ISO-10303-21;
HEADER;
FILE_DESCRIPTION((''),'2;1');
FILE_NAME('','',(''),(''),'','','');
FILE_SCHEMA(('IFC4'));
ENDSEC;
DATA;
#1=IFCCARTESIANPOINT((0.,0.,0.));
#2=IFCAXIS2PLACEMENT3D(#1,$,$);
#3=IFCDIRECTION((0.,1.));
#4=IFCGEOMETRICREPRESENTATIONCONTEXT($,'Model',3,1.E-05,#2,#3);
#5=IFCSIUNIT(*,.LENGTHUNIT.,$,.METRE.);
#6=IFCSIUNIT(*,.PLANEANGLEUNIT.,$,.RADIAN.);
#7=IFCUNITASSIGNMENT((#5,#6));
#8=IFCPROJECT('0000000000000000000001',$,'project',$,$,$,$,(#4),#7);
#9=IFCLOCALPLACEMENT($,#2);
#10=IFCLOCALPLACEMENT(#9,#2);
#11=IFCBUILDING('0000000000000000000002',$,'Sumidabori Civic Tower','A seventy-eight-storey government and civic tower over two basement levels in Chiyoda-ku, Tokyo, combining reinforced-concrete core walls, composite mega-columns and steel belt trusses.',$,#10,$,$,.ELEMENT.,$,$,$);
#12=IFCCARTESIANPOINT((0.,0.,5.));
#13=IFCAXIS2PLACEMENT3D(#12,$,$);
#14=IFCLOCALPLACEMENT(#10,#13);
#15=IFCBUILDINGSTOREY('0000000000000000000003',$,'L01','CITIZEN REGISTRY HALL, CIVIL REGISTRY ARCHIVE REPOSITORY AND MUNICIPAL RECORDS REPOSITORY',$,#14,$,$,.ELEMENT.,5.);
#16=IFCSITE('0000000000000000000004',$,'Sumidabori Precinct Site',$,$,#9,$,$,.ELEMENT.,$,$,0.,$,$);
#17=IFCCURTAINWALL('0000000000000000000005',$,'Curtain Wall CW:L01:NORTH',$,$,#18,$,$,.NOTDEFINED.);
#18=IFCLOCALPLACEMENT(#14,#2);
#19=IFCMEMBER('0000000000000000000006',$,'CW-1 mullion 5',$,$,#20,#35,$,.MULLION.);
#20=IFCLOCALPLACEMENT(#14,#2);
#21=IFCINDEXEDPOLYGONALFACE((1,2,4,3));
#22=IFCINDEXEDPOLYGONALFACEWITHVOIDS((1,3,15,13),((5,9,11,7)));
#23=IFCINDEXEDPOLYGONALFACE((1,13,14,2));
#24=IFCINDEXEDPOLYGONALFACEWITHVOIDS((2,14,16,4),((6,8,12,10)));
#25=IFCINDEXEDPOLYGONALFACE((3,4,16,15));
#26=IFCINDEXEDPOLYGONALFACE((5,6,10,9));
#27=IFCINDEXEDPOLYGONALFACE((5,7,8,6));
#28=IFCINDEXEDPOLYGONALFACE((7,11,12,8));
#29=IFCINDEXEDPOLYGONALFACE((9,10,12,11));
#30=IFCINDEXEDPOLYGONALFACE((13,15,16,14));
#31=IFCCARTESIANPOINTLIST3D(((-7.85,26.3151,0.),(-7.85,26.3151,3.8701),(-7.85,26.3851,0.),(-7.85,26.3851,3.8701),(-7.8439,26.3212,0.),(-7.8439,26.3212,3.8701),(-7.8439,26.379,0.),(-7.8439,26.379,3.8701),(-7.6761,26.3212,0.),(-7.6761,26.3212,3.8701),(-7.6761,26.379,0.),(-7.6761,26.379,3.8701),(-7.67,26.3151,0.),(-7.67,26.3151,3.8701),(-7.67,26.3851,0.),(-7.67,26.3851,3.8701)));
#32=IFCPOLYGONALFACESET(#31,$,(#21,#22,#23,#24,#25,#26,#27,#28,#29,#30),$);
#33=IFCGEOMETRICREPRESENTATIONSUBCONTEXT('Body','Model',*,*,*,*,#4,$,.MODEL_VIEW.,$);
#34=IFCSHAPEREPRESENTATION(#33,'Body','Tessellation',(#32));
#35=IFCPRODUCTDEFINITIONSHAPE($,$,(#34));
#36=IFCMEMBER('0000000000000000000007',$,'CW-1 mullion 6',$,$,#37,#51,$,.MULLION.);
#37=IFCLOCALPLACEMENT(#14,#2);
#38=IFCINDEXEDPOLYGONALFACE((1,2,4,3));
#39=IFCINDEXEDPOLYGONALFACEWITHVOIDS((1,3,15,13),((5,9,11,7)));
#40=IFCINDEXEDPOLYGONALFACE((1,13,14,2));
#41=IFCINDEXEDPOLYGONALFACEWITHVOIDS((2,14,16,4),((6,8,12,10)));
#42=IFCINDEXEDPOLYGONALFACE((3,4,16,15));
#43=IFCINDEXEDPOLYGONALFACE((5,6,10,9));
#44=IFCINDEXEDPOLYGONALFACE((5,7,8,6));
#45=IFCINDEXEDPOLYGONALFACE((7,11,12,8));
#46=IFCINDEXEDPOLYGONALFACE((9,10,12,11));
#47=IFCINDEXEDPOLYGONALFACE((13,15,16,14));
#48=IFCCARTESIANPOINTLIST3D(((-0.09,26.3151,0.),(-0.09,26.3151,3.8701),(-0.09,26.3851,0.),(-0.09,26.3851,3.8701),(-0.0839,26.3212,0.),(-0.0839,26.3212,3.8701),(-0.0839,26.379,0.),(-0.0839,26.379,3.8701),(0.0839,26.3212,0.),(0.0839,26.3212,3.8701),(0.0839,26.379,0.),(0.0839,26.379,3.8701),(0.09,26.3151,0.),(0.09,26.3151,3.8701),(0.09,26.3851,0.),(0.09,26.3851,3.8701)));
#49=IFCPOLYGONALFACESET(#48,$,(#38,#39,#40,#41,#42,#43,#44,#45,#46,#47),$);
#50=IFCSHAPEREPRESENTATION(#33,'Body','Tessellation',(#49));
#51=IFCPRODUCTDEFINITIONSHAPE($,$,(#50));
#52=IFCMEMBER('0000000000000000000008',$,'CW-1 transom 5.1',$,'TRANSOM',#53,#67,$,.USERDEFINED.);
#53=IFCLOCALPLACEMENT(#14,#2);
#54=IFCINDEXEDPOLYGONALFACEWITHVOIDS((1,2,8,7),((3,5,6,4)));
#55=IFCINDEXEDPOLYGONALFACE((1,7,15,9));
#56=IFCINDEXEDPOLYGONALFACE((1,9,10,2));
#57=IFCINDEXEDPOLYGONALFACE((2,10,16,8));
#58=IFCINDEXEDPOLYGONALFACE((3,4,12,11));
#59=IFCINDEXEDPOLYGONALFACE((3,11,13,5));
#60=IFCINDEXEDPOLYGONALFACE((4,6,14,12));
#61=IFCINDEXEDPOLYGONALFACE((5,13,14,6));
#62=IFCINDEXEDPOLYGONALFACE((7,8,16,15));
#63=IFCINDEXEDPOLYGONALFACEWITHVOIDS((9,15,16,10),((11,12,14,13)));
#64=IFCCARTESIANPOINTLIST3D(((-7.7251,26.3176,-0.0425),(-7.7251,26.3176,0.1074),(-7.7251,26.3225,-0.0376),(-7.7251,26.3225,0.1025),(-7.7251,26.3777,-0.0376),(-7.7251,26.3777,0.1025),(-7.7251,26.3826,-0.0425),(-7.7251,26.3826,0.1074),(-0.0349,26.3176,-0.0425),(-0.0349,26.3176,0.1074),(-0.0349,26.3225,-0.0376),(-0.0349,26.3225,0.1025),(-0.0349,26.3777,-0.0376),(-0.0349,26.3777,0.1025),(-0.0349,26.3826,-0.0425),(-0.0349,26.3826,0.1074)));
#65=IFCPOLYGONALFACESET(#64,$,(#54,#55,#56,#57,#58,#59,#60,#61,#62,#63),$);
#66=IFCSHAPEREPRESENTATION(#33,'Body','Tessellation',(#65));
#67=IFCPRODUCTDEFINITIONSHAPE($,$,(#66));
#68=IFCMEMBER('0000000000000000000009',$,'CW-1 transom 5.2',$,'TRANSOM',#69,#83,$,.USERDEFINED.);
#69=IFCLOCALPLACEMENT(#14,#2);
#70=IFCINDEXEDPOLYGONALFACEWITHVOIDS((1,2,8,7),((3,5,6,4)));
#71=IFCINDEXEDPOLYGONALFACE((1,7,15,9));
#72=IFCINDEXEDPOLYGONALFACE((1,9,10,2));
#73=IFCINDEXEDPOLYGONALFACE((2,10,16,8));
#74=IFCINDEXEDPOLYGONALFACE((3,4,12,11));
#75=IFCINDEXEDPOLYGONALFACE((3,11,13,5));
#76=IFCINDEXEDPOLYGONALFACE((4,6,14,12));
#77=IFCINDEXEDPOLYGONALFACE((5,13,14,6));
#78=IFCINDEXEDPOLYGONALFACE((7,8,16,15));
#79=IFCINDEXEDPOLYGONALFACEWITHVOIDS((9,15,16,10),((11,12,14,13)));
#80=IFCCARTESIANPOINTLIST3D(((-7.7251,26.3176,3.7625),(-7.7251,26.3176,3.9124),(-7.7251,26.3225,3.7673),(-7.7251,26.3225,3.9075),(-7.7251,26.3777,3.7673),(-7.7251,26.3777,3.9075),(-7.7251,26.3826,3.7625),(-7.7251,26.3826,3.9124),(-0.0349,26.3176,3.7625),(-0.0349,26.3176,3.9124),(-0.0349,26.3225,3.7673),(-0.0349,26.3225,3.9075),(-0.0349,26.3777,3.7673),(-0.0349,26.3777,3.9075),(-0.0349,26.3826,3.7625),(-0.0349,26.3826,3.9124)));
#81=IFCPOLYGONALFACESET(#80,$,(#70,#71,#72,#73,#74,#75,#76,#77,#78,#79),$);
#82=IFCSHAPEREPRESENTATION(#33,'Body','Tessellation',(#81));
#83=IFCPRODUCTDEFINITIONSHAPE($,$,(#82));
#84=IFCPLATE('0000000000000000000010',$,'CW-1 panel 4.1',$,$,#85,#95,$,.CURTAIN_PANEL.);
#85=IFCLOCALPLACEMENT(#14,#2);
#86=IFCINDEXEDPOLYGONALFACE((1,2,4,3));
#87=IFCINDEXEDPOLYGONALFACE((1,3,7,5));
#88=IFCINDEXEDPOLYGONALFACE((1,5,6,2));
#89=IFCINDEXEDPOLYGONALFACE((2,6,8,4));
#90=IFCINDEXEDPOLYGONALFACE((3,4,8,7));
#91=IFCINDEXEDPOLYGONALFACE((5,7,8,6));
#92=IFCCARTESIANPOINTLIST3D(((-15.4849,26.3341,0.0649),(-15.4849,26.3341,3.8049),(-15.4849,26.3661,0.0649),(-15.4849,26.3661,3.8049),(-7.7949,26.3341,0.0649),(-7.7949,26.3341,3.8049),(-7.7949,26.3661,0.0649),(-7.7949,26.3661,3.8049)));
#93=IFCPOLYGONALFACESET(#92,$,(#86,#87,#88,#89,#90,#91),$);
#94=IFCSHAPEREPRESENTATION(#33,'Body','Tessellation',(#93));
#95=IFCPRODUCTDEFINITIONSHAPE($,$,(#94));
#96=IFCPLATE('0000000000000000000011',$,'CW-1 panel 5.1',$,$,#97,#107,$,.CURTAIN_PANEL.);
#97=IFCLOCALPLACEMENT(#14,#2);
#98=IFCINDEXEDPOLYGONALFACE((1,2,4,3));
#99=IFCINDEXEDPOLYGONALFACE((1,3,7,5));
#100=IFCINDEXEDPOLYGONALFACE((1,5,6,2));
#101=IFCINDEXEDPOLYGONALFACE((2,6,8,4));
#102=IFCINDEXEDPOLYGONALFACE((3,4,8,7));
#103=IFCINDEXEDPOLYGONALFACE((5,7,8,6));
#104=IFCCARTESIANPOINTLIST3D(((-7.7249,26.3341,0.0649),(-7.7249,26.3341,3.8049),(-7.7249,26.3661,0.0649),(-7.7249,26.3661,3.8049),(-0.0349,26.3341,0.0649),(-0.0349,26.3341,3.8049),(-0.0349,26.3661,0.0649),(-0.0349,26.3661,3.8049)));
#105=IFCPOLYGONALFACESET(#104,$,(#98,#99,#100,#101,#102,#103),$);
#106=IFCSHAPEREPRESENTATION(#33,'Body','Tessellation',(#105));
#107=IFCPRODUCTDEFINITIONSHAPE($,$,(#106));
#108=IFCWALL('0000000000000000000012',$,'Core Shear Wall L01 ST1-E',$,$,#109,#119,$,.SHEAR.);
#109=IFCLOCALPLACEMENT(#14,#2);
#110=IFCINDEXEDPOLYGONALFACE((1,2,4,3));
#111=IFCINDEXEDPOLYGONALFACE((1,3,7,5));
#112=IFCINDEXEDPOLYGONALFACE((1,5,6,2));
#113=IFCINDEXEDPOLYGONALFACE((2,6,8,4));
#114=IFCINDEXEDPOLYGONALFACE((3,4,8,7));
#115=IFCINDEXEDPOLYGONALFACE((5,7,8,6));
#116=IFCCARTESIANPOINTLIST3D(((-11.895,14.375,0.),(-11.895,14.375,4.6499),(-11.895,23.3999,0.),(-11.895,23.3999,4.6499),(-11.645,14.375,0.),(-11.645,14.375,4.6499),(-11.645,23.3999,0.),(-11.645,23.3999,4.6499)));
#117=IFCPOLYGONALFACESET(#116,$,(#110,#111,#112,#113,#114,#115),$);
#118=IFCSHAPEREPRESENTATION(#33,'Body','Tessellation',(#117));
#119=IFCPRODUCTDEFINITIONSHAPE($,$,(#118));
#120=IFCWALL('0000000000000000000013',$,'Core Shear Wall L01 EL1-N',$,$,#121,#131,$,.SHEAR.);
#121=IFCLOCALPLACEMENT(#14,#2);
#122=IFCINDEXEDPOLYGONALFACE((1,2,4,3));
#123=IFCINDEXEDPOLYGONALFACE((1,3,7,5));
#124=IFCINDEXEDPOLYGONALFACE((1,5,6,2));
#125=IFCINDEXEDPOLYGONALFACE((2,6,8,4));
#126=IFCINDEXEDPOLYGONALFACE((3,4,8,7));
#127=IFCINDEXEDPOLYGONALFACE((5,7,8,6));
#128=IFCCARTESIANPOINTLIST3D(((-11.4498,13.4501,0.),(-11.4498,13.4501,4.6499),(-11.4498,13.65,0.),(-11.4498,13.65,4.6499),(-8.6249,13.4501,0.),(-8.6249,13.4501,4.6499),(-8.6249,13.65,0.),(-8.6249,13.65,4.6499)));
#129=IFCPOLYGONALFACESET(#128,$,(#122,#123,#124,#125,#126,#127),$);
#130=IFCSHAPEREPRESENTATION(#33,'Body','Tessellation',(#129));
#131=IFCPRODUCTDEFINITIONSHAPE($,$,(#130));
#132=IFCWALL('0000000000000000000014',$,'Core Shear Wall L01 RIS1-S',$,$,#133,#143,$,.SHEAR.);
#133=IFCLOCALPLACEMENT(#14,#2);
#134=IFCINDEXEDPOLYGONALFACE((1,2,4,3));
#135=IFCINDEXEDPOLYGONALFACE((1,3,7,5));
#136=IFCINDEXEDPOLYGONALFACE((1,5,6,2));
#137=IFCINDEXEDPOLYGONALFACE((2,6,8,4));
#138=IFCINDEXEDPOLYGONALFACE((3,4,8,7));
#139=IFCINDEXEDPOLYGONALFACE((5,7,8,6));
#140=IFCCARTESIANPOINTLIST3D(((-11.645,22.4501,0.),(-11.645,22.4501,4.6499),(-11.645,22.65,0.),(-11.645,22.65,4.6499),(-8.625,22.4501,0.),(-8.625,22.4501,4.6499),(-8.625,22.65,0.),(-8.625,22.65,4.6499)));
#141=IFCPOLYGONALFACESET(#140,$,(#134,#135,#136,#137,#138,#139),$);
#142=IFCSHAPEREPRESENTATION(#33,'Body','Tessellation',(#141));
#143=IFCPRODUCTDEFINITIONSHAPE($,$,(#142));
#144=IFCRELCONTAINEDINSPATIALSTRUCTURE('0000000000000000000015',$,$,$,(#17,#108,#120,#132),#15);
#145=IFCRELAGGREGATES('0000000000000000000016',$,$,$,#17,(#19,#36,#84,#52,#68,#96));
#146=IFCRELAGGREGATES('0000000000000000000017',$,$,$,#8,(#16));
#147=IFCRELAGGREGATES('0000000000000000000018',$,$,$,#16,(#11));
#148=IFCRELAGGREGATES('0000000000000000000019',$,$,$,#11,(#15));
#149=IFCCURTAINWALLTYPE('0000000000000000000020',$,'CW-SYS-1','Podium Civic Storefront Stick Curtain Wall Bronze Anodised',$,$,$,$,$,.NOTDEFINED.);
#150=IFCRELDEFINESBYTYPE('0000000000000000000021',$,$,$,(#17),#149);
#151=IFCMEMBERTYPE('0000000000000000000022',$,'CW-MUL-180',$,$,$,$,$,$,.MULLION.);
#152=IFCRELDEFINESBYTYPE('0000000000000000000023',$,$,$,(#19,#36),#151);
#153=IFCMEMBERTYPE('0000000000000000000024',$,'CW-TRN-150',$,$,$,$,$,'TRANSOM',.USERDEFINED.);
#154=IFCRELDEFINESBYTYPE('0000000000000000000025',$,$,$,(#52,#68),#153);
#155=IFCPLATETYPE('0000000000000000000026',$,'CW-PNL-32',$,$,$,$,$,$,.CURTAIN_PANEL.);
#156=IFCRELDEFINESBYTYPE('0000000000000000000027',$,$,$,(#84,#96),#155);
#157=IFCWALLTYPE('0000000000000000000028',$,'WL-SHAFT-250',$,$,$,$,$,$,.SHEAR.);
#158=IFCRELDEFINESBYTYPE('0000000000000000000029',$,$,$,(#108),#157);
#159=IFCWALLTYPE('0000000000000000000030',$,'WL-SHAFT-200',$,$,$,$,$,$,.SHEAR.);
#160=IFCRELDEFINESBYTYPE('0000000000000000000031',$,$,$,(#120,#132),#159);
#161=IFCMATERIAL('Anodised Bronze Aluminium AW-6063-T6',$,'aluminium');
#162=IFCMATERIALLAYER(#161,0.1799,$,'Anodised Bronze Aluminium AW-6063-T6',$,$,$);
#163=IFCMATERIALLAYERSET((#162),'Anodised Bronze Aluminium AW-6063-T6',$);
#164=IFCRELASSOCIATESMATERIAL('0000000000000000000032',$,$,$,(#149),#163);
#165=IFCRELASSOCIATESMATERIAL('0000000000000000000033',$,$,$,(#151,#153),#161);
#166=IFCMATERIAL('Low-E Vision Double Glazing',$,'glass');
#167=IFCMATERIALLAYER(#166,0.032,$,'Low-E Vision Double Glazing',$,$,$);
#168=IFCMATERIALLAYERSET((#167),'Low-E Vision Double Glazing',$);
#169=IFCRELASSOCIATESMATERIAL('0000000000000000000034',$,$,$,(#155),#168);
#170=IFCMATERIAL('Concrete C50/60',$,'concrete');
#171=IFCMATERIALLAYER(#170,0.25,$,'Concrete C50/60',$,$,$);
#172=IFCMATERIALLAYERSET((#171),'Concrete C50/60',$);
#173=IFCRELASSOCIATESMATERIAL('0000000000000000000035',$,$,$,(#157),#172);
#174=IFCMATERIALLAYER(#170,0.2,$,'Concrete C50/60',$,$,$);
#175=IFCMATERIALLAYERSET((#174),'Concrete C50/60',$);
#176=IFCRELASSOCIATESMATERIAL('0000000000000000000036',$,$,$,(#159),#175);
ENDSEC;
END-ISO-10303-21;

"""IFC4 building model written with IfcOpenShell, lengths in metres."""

from ifc_helpers import new_model, si_unit, direction, frame, frame_2d, origin, origin_2d, place, context, subcontext, project, spatial, rectangle, hollow_rectangle, extrude, source, transform, mapped, material, layer, layer_set, material_profile, profile_set, type_object, element, aggregate, save


model = new_model("IFC4")

# Units and contexts
model_context = context("Model", 3, precision=1e-05, world=origin(), true_north=direction((0.0, 1.0)))
body_context = subcontext(model_context, "Body", "Model", "MODEL_VIEW")
ifc_project = project(units=[si_unit("LENGTHUNIT", "METRE"), si_unit("PLANEANGLEUNIT", "RADIAN")], contexts=[model_context])

# Site, building, storey
site_placement = place(None, origin())
site = spatial("IfcSite", under=ifc_project, at=site_placement, Name="Sumidabori Precinct Site", CompositionType="ELEMENT", RefElevation=0.0)
building_placement = place(site_placement, origin())
building = spatial("IfcBuilding", under=site, at=building_placement, Name="Sumidabori Civic Tower", Description="A seventy-eight-storey government and civic tower over two basement levels in Chiyoda-ku, Tokyo, combining reinforced-concrete core walls, composite mega-columns and steel belt trusses.", CompositionType="ELEMENT")
storey_placement = place(building_placement, frame((0.0, 0.0, 5.0)))
storey = spatial("IfcBuildingStorey", under=building, at=storey_placement, Name="L01", Description="CITIZEN REGISTRY HALL, CIVIL REGISTRY ARCHIVE REPOSITORY AND MUNICIPAL RECORDS REPOSITORY", CompositionType="ELEMENT", Elevation=5.0)

# Curtain wall, members, plates
ifc_material_1 = material(Name="Anodised Bronze Aluminium AW-6063-T6", Category="aluminium")
ifc_layer_1 = layer(ifc_material_1, 0.1799, Name="Anodised Bronze Aluminium AW-6063-T6")
ifc_layer_set_1 = layer_set([ifc_layer_1], Name="Anodised Bronze Aluminium AW-6063-T6")
curtain_wall_type = type_object("IfcCurtainWallType", Name="CW-SYS-1", Description="Podium Civic Storefront Stick Curtain Wall Bronze Anodised", PredefinedType="NOTDEFINED", material=ifc_layer_set_1)
curtain_wall_placement = place(storey_placement, origin())
curtain_wall = element("IfcCurtainWall", 1, at=curtain_wall_placement, inside=storey, type_object=curtain_wall_type, Name="Curtain Wall CW:L01:NORTH", PredefinedType="NOTDEFINED")
ifc_material_profile_1 = material_profile(ifc_material_1, hollow_rectangle(XDim=0.0701, YDim=0.1799, WallThickness=0.0061, at=origin_2d()), Name="ALU MULLION 180x70")
ifc_profile_set_1 = profile_set([ifc_material_profile_1], Name="Anodised Bronze Aluminium AW-6063-T6")
member_type_1 = type_object("IfcMemberType", Name="CW-MUL-180", PredefinedType="MULLION", material=ifc_profile_set_1)
shared_shape_1 = source(origin(), body_context, "Body", "SweptSolid", [
    extrude(hollow_rectangle(XDim=0.0701, YDim=0.1799, WallThickness=0.0061, at=origin_2d()), origin(), (0.0, 0.0, 1.0), 3.8701),
])
member_1_placement = place(storey_placement, frame((-7.76, 26.3501, 0.0), z_axis=(0.0, 0.0, 1.0), x_axis=(0.0, 1.0, 0.0)))
member_1 = element("IfcMember", 2, at=member_1_placement, type_object=member_type_1, Name="CW-1 mullion 5", PredefinedType="MULLION", context=body_context, shape_type="MappedRepresentation", body=[
    mapped(shared_shape_1, transform((0.0, 0.0, 0.0), x_axis=(1.0, 0.0, 0.0), y_axis=(0.0, 1.0, 0.0), z_axis=(0.0, 0.0, 1.0), scale=1.0)),
])
member_2_placement = place(storey_placement, frame((0.0, 26.3501, 0.0), z_axis=(0.0, 0.0, 1.0), x_axis=(0.0, 1.0, 0.0)))
member_2 = element("IfcMember", 3, at=member_2_placement, type_object=member_type_1, Name="CW-1 mullion 6", PredefinedType="MULLION", context=body_context, shape_type="MappedRepresentation", body=[
    mapped(shared_shape_1, transform((0.0, 0.0, 0.0), x_axis=(1.0, 0.0, 0.0), y_axis=(0.0, 1.0, 0.0), z_axis=(0.0, 0.0, 1.0), scale=1.0)),
])
ifc_material_profile_2 = material_profile(ifc_material_1, hollow_rectangle(XDim=0.0649, YDim=0.1499, WallThickness=0.0049, at=origin_2d()), Name="ALU TRANSOM 150x65")
ifc_profile_set_2 = profile_set([ifc_material_profile_2], Name="Anodised Bronze Aluminium AW-6063-T6")
member_type_2 = type_object("IfcMemberType", Name="CW-TRN-150", ElementType="TRANSOM", PredefinedType="USERDEFINED", material=ifc_profile_set_2)
shared_shape_2 = source(origin(), body_context, "Body", "SweptSolid", [
    extrude(hollow_rectangle(XDim=0.0649, YDim=0.1499, WallThickness=0.0049, at=origin_2d()), origin(), (0.0, 0.0, 1.0), 7.6902),
])
member_3_placement = place(storey_placement, frame((-7.7251, 26.3501, 0.0325), z_axis=(1.0, 0.0, 0.0), x_axis=(0.0, 1.0, 0.0)))
member_3 = element("IfcMember", 4, at=member_3_placement, type_object=member_type_2, Name="CW-1 transom 5.1", ObjectType="TRANSOM", PredefinedType="USERDEFINED", context=body_context, shape_type="MappedRepresentation", body=[
    mapped(shared_shape_2, transform((0.0, 0.0, 0.0), x_axis=(1.0, 0.0, 0.0), y_axis=(0.0, 1.0, 0.0), z_axis=(0.0, 0.0, 1.0), scale=1.0)),
])
member_4_placement = place(storey_placement, frame((-7.7251, 26.3501, 3.8374), z_axis=(1.0, 0.0, 0.0), x_axis=(0.0, 1.0, 0.0)))
member_4 = element("IfcMember", 5, at=member_4_placement, type_object=member_type_2, Name="CW-1 transom 5.2", ObjectType="TRANSOM", PredefinedType="USERDEFINED", context=body_context, shape_type="MappedRepresentation", body=[
    mapped(shared_shape_2, transform((0.0, 0.0, 0.0), x_axis=(1.0, 0.0, 0.0), y_axis=(0.0, 1.0, 0.0), z_axis=(0.0, 0.0, 1.0), scale=1.0)),
])
ifc_material_2 = material(Name="Low-E Vision Double Glazing", Category="glass")
ifc_layer_2 = layer(ifc_material_2, 0.032, Name="Low-E Vision Double Glazing")
ifc_layer_set_2 = layer_set([ifc_layer_2], Name="Low-E Vision Double Glazing")
plate_type = type_object("IfcPlateType", Name="CW-PNL-32", PredefinedType="CURTAIN_PANEL", material=ifc_layer_set_2)
shared_shape_3 = source(origin(), body_context, "Body", "SweptSolid", [
    extrude(rectangle(XDim=7.6899, YDim=0.032, at=origin_2d()), origin(), (0.0, 0.0, 1.0), 3.74),
])
plate_1_placement = place(storey_placement, frame((-11.6399, 26.3501, 0.0649), z_axis=(0.0, 0.0, 1.0), x_axis=(1.0, 0.0, 0.0)))
plate_1 = element("IfcPlate", 6, at=plate_1_placement, type_object=plate_type, Name="CW-1 panel 4.1", PredefinedType="CURTAIN_PANEL", context=body_context, shape_type="MappedRepresentation", body=[
    mapped(shared_shape_3, transform((0.0, 0.0, 0.0), x_axis=(1.0, 0.0, 0.0), y_axis=(0.0, 1.0, 0.0), z_axis=(0.0, 0.0, 1.0), scale=1.0)),
])
plate_2_placement = place(storey_placement, frame((-3.8799, 26.3501, 0.0649), z_axis=(0.0, 0.0, 1.0), x_axis=(1.0, 0.0, 0.0)))
plate_2 = element("IfcPlate", 7, at=plate_2_placement, type_object=plate_type, Name="CW-1 panel 5.1", PredefinedType="CURTAIN_PANEL", context=body_context, shape_type="MappedRepresentation", body=[
    mapped(shared_shape_3, transform((0.0, 0.0, 0.0), x_axis=(1.0, 0.0, 0.0), y_axis=(0.0, 1.0, 0.0), z_axis=(0.0, 0.0, 1.0), scale=1.0)),
])
aggregate(curtain_wall, [member_1, member_2, plate_1, member_3, member_4, plate_2])

# Walls
ifc_material_3 = material(Name="Concrete C50/60", Category="concrete")
ifc_layer_3 = layer(ifc_material_3, 0.25, Name="Concrete C50/60")
ifc_layer_set_3 = layer_set([ifc_layer_3], Name="Concrete C50/60")
wall_type_1 = type_object("IfcWallType", Name="WL-SHAFT-250", PredefinedType="SHEAR", material=ifc_layer_set_3)
shared_shape_4 = source(origin(), body_context, "Body", "SweptSolid", [
    extrude(rectangle(XDim=9.0249, YDim=0.25, at=frame_2d((4.5125, 0.0))), origin(), (0.0, 0.0, 1.0), 4.6499),
])
wall_1_placement = place(storey_placement, frame((-11.77, 14.375, 0.0), z_axis=(0.0, 0.0, 1.0), x_axis=(0.0, 1.0, 0.0)))
element("IfcWall", 8, at=wall_1_placement, inside=storey, type_object=wall_type_1, Name="Core Shear Wall L01 ST1-E", PredefinedType="SHEAR", context=body_context, shape_type="MappedRepresentation", body=[
    mapped(shared_shape_4, transform((0.0, 0.0, 0.0), x_axis=(1.0, 0.0, 0.0), y_axis=(0.0, 1.0, 0.0), z_axis=(0.0, 0.0, 1.0), scale=1.0)),
])
ifc_layer_4 = layer(ifc_material_3, 0.2, Name="Concrete C50/60")
ifc_layer_set_4 = layer_set([ifc_layer_4], Name="Concrete C50/60")
wall_type_2 = type_object("IfcWallType", Name="WL-SHAFT-200", PredefinedType="SHEAR", material=ifc_layer_set_4)
shared_shape_5 = source(origin(), body_context, "Body", "SweptSolid", [
    extrude(rectangle(XDim=2.825, YDim=0.2, at=frame_2d((1.4126, 0.0))), origin(), (0.0, 0.0, 1.0), 4.6499),
])
wall_2_placement = place(storey_placement, frame((-11.45, 13.55, 0.0), z_axis=(0.0, 0.0, 1.0), x_axis=(1.0, 0.0, 0.0)))
element("IfcWall", 9, at=wall_2_placement, inside=storey, type_object=wall_type_2, Name="Core Shear Wall L01 EL1-N", PredefinedType="SHEAR", context=body_context, shape_type="MappedRepresentation", body=[
    mapped(shared_shape_5, transform((0.0, 0.0, 0.0), x_axis=(1.0, 0.0, 0.0), y_axis=(0.0, 1.0, 0.0), z_axis=(0.0, 0.0, 1.0), scale=1.0)),
])
shared_shape_6 = source(origin(), body_context, "Body", "SweptSolid", [
    extrude(rectangle(XDim=3.02, YDim=0.2, at=frame_2d((1.51, 0.0))), origin(), (0.0, 0.0, 1.0), 4.6499),
])
wall_3_placement = place(storey_placement, frame((-11.645, 22.55, 0.0), z_axis=(0.0, 0.0, 1.0), x_axis=(1.0, 0.0, 0.0)))
element("IfcWall", 10, at=wall_3_placement, inside=storey, type_object=wall_type_2, Name="Core Shear Wall L01 RIS1-S", PredefinedType="SHEAR", context=body_context, shape_type="MappedRepresentation", body=[
    mapped(shared_shape_6, transform((0.0, 0.0, 0.0), x_axis=(1.0, 0.0, 0.0), y_axis=(0.0, 1.0, 0.0), z_axis=(0.0, 0.0, 1.0), scale=1.0)),
])

save(model, "model.ifc")
